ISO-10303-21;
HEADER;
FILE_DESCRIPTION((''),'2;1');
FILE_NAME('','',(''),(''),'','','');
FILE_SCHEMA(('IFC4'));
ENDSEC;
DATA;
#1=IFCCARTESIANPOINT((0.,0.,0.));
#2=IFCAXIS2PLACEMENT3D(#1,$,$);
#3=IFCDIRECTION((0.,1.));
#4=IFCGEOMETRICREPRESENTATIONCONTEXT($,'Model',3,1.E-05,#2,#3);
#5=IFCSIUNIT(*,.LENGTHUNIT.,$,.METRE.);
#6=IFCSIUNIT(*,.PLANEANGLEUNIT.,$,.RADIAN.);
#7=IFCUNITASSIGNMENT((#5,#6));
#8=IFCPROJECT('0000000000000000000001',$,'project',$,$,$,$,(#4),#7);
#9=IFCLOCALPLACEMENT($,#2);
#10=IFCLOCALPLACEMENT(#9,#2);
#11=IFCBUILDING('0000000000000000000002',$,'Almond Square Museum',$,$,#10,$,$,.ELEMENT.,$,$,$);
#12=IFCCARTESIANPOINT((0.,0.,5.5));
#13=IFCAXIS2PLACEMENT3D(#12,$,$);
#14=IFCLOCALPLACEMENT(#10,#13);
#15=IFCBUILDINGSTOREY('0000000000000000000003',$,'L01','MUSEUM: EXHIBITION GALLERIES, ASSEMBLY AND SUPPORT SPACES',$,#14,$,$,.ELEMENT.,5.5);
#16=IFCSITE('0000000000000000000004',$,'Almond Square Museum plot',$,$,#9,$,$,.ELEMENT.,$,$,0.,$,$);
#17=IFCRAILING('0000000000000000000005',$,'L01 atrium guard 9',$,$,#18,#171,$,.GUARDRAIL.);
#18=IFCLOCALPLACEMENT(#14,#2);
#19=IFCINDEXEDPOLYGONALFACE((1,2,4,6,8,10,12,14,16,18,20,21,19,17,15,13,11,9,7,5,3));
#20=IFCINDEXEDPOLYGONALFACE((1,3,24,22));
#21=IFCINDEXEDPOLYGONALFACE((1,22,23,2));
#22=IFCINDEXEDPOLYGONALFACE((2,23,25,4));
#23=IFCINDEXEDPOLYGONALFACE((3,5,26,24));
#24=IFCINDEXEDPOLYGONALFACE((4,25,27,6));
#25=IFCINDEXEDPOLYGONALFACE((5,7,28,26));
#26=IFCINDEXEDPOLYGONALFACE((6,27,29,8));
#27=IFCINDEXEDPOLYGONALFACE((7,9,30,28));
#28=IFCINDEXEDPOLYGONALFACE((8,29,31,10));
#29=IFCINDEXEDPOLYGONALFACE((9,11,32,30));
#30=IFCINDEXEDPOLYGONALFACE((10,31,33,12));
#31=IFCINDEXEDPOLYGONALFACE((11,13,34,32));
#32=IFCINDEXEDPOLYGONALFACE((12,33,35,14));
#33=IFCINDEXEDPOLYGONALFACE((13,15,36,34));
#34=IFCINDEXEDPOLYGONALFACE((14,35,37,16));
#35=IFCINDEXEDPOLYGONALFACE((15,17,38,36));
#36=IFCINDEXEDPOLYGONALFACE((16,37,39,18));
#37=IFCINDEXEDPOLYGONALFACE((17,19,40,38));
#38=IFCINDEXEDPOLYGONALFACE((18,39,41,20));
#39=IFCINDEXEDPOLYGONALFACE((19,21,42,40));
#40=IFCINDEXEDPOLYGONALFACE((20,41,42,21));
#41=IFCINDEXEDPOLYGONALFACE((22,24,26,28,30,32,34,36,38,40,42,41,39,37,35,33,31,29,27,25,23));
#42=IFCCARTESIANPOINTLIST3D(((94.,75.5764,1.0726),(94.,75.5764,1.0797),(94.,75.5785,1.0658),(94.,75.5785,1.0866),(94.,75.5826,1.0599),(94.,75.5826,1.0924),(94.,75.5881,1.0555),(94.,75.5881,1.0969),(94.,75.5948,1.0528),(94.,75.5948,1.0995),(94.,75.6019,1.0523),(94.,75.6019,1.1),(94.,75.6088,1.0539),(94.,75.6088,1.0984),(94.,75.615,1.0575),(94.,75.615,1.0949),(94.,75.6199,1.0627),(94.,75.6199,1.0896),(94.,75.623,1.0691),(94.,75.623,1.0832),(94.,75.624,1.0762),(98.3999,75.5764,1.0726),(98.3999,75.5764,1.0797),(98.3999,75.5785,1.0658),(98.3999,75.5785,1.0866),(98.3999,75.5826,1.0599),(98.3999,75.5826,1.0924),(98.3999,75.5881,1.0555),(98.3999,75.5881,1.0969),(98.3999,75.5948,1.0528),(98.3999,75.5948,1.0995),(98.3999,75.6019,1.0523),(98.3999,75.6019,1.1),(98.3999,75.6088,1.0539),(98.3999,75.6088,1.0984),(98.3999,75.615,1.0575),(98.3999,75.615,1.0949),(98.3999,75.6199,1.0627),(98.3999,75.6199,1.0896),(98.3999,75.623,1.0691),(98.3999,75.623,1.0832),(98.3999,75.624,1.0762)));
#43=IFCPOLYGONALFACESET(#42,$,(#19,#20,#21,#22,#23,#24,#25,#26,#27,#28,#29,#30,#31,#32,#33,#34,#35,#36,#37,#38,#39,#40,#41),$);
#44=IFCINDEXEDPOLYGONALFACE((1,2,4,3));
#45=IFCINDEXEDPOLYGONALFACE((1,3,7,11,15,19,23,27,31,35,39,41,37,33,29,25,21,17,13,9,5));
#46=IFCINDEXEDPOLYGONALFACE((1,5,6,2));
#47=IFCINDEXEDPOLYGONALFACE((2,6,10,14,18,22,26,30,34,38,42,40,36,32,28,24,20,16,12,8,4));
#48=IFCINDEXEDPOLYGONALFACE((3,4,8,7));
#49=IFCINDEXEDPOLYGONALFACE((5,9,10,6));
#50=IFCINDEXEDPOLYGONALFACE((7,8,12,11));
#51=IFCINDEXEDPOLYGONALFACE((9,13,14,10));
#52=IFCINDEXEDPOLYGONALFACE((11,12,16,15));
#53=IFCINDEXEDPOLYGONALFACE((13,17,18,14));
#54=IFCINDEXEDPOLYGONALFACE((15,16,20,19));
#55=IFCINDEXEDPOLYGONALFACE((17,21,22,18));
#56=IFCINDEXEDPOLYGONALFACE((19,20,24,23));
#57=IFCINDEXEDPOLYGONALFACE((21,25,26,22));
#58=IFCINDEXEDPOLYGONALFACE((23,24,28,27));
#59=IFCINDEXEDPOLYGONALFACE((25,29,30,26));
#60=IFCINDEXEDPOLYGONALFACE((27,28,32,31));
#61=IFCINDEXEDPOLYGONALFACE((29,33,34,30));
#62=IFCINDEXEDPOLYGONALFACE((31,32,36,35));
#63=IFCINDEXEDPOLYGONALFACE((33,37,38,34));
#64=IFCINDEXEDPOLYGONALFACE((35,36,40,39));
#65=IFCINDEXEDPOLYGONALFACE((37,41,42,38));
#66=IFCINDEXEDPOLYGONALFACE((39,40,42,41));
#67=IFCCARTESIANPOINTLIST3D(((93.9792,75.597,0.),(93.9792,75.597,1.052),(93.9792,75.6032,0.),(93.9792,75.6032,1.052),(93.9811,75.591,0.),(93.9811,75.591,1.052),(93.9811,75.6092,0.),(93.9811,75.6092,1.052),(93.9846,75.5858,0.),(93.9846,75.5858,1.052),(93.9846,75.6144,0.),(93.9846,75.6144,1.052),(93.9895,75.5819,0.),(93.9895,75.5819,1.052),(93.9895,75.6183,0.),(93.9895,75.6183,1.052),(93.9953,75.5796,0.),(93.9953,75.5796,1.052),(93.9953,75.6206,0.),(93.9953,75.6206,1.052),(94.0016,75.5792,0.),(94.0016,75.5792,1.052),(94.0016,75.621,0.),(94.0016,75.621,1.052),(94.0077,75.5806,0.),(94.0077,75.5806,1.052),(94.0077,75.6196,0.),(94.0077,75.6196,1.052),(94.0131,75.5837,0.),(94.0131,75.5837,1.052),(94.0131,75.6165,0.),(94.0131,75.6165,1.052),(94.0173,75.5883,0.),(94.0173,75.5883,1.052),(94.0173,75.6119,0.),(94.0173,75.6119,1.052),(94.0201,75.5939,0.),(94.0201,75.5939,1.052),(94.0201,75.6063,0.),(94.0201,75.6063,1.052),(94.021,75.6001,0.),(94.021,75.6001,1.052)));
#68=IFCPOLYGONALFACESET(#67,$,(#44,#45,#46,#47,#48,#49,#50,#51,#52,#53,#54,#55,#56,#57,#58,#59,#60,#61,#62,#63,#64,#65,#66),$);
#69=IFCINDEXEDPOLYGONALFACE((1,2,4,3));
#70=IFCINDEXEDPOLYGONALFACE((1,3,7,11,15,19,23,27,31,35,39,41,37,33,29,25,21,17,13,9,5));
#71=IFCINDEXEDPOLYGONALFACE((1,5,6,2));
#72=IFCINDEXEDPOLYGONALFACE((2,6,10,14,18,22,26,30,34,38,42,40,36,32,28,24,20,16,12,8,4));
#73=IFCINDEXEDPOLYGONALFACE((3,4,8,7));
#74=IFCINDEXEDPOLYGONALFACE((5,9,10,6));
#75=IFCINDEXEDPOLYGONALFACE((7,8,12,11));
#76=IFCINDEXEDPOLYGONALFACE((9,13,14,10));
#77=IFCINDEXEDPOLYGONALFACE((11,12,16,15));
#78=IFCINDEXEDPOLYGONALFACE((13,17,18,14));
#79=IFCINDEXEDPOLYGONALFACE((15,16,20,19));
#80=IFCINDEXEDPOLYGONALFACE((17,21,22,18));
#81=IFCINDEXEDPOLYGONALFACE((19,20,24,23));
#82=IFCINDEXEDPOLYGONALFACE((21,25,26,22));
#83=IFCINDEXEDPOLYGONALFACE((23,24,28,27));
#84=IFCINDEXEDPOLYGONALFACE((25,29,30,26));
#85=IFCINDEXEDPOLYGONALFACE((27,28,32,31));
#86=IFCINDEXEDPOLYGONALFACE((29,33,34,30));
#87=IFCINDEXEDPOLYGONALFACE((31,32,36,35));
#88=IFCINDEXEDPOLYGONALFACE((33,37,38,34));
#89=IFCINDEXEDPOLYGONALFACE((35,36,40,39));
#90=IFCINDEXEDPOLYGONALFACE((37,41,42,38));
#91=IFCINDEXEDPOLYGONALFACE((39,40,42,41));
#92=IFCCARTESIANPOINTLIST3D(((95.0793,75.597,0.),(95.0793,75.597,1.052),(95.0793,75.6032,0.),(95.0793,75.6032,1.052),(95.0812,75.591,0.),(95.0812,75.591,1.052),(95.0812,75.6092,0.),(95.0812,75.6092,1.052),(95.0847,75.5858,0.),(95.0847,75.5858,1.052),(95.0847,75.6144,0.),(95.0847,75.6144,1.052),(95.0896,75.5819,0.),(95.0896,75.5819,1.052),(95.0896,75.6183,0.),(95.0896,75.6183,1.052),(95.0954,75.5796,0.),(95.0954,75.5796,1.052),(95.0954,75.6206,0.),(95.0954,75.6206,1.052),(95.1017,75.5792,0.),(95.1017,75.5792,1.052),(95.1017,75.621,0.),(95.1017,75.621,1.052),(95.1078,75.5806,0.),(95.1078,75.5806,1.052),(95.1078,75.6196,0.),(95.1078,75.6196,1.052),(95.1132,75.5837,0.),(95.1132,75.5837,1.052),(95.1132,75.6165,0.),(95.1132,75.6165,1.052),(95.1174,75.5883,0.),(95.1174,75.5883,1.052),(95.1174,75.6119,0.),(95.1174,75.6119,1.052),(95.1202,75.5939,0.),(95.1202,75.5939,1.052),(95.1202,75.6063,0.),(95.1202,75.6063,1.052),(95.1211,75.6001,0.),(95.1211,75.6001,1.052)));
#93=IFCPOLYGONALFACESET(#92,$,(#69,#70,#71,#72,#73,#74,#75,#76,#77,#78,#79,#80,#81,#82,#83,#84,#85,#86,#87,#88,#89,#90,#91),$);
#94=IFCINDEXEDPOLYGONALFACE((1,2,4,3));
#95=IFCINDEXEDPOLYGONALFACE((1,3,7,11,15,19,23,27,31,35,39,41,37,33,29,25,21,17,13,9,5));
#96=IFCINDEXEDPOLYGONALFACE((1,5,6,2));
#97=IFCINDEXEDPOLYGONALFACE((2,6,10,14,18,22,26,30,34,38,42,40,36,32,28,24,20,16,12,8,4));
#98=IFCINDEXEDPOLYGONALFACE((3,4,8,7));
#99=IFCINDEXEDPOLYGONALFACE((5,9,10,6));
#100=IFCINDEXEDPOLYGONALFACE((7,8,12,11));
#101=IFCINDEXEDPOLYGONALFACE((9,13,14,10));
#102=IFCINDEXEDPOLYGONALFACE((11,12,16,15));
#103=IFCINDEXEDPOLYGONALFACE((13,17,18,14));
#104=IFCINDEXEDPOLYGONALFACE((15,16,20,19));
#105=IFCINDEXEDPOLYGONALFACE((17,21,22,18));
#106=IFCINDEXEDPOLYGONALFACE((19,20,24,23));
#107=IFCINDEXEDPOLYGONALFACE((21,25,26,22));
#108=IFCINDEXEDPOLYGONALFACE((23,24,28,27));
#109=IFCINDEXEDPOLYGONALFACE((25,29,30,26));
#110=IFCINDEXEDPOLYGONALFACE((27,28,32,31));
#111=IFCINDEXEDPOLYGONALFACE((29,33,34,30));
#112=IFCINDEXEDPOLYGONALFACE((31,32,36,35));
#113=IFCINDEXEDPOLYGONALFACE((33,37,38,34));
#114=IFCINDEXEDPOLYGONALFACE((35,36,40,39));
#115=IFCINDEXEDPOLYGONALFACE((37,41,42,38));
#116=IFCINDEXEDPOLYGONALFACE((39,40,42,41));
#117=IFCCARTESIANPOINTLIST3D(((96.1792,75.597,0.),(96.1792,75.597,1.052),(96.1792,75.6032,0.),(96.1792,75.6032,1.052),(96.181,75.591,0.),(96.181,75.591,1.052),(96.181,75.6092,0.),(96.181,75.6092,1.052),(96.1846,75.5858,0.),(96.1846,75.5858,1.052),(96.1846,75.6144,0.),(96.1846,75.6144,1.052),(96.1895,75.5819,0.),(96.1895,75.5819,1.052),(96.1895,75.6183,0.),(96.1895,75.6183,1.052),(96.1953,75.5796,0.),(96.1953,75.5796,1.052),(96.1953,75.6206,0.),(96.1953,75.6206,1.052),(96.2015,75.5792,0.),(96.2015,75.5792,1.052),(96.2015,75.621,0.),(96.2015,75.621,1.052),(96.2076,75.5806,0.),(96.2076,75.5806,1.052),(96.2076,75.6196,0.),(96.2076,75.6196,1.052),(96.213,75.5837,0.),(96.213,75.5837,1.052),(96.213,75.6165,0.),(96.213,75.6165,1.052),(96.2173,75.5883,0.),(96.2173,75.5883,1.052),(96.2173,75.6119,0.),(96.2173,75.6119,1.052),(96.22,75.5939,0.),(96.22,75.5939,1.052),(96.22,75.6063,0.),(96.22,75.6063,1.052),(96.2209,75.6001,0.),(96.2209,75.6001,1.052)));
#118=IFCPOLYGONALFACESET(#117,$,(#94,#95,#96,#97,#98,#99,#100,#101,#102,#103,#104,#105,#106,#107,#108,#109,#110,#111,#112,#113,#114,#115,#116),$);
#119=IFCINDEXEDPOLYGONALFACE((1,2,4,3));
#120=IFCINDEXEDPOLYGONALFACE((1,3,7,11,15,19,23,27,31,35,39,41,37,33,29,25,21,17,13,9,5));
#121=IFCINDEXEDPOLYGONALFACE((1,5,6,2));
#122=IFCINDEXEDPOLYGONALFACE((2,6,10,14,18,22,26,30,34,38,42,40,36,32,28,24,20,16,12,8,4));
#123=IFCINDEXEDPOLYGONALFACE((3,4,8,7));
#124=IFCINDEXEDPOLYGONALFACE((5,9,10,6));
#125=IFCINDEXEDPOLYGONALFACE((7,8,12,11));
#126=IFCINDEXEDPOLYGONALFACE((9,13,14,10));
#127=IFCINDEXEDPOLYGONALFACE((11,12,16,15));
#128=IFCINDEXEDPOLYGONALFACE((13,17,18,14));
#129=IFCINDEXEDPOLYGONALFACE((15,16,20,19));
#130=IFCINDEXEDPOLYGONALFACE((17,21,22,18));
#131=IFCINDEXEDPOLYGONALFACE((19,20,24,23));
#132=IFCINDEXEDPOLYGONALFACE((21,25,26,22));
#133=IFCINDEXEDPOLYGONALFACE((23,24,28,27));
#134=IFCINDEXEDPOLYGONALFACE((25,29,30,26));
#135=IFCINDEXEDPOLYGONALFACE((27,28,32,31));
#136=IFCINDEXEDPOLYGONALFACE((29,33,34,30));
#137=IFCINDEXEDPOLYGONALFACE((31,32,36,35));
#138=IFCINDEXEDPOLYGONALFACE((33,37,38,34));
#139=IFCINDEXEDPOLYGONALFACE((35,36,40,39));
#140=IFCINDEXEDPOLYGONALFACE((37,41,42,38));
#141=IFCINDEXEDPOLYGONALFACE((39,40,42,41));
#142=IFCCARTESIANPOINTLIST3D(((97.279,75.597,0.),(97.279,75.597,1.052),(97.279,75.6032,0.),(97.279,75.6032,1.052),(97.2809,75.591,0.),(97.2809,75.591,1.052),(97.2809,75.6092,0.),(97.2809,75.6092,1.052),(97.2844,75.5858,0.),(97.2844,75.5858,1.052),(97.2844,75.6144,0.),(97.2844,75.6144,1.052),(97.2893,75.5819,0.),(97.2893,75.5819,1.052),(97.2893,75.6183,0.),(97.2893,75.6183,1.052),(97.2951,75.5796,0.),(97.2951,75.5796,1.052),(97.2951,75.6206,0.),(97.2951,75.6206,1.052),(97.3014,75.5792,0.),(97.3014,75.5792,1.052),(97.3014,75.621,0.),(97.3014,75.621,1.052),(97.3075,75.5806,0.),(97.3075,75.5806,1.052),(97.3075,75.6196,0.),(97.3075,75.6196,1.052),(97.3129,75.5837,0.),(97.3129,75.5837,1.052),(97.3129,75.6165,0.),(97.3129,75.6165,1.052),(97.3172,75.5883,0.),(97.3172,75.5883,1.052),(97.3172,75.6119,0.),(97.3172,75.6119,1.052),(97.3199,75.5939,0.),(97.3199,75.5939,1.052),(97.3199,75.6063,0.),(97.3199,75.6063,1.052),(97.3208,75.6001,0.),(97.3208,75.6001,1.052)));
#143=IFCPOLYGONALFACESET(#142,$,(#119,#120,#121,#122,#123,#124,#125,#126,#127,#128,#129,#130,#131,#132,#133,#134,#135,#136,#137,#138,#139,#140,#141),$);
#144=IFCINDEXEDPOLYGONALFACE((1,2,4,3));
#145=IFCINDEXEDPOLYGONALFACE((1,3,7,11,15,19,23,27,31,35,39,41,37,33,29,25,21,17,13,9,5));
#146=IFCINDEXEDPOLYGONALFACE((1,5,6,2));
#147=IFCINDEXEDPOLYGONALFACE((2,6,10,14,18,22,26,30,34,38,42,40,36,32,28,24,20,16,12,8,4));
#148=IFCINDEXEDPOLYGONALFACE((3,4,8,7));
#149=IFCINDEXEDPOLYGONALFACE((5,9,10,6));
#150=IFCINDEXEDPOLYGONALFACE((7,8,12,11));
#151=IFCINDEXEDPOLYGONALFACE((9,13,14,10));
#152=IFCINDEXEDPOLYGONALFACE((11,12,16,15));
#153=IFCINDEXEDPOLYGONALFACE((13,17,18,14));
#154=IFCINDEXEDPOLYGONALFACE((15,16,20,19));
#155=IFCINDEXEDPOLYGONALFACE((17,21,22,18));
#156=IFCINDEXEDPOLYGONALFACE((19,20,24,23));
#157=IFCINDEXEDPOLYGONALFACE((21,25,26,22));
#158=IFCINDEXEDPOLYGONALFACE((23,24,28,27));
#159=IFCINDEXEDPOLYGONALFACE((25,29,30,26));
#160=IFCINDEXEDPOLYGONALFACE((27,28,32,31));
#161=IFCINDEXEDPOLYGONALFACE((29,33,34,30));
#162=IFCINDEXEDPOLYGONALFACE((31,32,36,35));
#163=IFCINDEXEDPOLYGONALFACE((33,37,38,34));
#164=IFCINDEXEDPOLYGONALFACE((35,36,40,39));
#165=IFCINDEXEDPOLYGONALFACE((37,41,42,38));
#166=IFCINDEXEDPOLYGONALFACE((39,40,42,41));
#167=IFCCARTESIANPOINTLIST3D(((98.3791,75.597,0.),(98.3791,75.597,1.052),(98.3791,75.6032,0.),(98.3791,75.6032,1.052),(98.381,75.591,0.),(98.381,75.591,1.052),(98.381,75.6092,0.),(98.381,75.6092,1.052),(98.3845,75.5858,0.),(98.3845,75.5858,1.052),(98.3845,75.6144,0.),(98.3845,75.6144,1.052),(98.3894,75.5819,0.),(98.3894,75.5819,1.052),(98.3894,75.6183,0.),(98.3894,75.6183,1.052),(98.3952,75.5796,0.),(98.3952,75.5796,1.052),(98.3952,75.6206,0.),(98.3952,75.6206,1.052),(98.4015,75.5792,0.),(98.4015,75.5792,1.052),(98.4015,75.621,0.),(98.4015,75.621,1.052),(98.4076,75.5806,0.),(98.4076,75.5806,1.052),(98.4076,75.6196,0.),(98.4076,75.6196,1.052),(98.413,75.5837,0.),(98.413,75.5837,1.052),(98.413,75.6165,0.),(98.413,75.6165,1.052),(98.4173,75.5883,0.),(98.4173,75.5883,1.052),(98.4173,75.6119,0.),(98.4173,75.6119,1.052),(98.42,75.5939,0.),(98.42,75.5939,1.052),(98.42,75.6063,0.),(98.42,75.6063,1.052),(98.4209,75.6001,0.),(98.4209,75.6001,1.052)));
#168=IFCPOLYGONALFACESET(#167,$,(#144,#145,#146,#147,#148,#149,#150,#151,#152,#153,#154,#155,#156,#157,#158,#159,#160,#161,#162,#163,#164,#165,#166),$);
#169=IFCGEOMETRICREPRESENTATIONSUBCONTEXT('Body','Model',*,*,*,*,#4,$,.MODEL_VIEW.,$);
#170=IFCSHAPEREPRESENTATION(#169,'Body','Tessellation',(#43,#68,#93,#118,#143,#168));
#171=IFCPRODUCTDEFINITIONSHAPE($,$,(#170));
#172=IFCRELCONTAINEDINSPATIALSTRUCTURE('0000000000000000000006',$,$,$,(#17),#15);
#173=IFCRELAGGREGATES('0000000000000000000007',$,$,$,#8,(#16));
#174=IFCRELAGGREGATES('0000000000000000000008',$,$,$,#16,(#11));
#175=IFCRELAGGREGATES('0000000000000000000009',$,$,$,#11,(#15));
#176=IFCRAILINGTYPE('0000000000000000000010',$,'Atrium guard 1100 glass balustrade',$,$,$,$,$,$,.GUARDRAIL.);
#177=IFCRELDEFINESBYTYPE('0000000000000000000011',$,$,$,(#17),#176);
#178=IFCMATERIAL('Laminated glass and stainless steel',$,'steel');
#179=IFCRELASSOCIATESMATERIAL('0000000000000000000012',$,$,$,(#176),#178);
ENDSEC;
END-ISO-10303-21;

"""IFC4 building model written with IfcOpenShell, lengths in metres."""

from ifc_helpers import new_model, si_unit, direction, frame, origin, origin_2d, place, context, subcontext, project, spatial, circle, extrude, material, type_object, element, save


model = new_model("IFC4")

# Units and contexts
model_context = context("Model", 3, precision=1e-05, world=origin(), true_north=direction((0.0, 1.0)))
body_context = subcontext(model_context, "Body", "Model", "MODEL_VIEW")
ifc_project = project(units=[si_unit("LENGTHUNIT", "METRE"), si_unit("PLANEANGLEUNIT", "RADIAN")], contexts=[model_context])

# Site, building, storey
site_placement = place(None, origin())
site = spatial("IfcSite", under=ifc_project, at=site_placement, Name="Almond Square Museum plot", CompositionType="ELEMENT", RefElevation=0.0)
building_placement = place(site_placement, origin())
building = spatial("IfcBuilding", under=site, at=building_placement, Name="Almond Square Museum", CompositionType="ELEMENT")
storey_placement = place(building_placement, frame((0.0, 0.0, 5.5)))
storey = spatial("IfcBuildingStorey", under=building, at=storey_placement, Name="L01", Description="MUSEUM: EXHIBITION GALLERIES, ASSEMBLY AND SUPPORT SPACES", CompositionType="ELEMENT", Elevation=5.5)

# Railing
ifc_material_1 = material(Name="Laminated glass and stainless steel", Category="steel")
railing_type = type_object("IfcRailingType", Name="Atrium guard 1100 glass balustrade", PredefinedType="GUARDRAIL", material=ifc_material_1)
railing_1_placement = place(storey_placement, frame((94.0, 75.6001, 0.0)))
element("IfcRailing", 1, at=railing_1_placement, inside=storey, type_object=railing_type, Name="L01 atrium guard 9", PredefinedType="GUARDRAIL", context=body_context, shape_type="SweptSolid", body=[
    extrude(circle(Radius=0.0239, at=origin_2d()), frame((0.0, 0.0, 1.0762), z_axis=(1.0, 0.0, 0.0), x_axis=(0.0, 1.0, 0.0)), (0.0, 0.0, 1.0), 4.3999),
    extrude(circle(Radius=0.021, at=origin_2d()), origin(), (0.0, 0.0, 1.0), 1.052),
    extrude(circle(Radius=0.021, at=origin_2d()), frame((1.1001, 0.0, 0.0)), (0.0, 0.0, 1.0), 1.052),
    extrude(circle(Radius=0.021, at=origin_2d()), frame((2.2, 0.0, 0.0)), (0.0, 0.0, 1.0), 1.052),
    extrude(circle(Radius=0.021, at=origin_2d()), frame((3.2998, 0.0, 0.0)), (0.0, 0.0, 1.0), 1.052),
    extrude(circle(Radius=0.021, at=origin_2d()), frame((4.3999, 0.0, 0.0)), (0.0, 0.0, 1.0), 1.052),
])

save(model, "model.ifc")
